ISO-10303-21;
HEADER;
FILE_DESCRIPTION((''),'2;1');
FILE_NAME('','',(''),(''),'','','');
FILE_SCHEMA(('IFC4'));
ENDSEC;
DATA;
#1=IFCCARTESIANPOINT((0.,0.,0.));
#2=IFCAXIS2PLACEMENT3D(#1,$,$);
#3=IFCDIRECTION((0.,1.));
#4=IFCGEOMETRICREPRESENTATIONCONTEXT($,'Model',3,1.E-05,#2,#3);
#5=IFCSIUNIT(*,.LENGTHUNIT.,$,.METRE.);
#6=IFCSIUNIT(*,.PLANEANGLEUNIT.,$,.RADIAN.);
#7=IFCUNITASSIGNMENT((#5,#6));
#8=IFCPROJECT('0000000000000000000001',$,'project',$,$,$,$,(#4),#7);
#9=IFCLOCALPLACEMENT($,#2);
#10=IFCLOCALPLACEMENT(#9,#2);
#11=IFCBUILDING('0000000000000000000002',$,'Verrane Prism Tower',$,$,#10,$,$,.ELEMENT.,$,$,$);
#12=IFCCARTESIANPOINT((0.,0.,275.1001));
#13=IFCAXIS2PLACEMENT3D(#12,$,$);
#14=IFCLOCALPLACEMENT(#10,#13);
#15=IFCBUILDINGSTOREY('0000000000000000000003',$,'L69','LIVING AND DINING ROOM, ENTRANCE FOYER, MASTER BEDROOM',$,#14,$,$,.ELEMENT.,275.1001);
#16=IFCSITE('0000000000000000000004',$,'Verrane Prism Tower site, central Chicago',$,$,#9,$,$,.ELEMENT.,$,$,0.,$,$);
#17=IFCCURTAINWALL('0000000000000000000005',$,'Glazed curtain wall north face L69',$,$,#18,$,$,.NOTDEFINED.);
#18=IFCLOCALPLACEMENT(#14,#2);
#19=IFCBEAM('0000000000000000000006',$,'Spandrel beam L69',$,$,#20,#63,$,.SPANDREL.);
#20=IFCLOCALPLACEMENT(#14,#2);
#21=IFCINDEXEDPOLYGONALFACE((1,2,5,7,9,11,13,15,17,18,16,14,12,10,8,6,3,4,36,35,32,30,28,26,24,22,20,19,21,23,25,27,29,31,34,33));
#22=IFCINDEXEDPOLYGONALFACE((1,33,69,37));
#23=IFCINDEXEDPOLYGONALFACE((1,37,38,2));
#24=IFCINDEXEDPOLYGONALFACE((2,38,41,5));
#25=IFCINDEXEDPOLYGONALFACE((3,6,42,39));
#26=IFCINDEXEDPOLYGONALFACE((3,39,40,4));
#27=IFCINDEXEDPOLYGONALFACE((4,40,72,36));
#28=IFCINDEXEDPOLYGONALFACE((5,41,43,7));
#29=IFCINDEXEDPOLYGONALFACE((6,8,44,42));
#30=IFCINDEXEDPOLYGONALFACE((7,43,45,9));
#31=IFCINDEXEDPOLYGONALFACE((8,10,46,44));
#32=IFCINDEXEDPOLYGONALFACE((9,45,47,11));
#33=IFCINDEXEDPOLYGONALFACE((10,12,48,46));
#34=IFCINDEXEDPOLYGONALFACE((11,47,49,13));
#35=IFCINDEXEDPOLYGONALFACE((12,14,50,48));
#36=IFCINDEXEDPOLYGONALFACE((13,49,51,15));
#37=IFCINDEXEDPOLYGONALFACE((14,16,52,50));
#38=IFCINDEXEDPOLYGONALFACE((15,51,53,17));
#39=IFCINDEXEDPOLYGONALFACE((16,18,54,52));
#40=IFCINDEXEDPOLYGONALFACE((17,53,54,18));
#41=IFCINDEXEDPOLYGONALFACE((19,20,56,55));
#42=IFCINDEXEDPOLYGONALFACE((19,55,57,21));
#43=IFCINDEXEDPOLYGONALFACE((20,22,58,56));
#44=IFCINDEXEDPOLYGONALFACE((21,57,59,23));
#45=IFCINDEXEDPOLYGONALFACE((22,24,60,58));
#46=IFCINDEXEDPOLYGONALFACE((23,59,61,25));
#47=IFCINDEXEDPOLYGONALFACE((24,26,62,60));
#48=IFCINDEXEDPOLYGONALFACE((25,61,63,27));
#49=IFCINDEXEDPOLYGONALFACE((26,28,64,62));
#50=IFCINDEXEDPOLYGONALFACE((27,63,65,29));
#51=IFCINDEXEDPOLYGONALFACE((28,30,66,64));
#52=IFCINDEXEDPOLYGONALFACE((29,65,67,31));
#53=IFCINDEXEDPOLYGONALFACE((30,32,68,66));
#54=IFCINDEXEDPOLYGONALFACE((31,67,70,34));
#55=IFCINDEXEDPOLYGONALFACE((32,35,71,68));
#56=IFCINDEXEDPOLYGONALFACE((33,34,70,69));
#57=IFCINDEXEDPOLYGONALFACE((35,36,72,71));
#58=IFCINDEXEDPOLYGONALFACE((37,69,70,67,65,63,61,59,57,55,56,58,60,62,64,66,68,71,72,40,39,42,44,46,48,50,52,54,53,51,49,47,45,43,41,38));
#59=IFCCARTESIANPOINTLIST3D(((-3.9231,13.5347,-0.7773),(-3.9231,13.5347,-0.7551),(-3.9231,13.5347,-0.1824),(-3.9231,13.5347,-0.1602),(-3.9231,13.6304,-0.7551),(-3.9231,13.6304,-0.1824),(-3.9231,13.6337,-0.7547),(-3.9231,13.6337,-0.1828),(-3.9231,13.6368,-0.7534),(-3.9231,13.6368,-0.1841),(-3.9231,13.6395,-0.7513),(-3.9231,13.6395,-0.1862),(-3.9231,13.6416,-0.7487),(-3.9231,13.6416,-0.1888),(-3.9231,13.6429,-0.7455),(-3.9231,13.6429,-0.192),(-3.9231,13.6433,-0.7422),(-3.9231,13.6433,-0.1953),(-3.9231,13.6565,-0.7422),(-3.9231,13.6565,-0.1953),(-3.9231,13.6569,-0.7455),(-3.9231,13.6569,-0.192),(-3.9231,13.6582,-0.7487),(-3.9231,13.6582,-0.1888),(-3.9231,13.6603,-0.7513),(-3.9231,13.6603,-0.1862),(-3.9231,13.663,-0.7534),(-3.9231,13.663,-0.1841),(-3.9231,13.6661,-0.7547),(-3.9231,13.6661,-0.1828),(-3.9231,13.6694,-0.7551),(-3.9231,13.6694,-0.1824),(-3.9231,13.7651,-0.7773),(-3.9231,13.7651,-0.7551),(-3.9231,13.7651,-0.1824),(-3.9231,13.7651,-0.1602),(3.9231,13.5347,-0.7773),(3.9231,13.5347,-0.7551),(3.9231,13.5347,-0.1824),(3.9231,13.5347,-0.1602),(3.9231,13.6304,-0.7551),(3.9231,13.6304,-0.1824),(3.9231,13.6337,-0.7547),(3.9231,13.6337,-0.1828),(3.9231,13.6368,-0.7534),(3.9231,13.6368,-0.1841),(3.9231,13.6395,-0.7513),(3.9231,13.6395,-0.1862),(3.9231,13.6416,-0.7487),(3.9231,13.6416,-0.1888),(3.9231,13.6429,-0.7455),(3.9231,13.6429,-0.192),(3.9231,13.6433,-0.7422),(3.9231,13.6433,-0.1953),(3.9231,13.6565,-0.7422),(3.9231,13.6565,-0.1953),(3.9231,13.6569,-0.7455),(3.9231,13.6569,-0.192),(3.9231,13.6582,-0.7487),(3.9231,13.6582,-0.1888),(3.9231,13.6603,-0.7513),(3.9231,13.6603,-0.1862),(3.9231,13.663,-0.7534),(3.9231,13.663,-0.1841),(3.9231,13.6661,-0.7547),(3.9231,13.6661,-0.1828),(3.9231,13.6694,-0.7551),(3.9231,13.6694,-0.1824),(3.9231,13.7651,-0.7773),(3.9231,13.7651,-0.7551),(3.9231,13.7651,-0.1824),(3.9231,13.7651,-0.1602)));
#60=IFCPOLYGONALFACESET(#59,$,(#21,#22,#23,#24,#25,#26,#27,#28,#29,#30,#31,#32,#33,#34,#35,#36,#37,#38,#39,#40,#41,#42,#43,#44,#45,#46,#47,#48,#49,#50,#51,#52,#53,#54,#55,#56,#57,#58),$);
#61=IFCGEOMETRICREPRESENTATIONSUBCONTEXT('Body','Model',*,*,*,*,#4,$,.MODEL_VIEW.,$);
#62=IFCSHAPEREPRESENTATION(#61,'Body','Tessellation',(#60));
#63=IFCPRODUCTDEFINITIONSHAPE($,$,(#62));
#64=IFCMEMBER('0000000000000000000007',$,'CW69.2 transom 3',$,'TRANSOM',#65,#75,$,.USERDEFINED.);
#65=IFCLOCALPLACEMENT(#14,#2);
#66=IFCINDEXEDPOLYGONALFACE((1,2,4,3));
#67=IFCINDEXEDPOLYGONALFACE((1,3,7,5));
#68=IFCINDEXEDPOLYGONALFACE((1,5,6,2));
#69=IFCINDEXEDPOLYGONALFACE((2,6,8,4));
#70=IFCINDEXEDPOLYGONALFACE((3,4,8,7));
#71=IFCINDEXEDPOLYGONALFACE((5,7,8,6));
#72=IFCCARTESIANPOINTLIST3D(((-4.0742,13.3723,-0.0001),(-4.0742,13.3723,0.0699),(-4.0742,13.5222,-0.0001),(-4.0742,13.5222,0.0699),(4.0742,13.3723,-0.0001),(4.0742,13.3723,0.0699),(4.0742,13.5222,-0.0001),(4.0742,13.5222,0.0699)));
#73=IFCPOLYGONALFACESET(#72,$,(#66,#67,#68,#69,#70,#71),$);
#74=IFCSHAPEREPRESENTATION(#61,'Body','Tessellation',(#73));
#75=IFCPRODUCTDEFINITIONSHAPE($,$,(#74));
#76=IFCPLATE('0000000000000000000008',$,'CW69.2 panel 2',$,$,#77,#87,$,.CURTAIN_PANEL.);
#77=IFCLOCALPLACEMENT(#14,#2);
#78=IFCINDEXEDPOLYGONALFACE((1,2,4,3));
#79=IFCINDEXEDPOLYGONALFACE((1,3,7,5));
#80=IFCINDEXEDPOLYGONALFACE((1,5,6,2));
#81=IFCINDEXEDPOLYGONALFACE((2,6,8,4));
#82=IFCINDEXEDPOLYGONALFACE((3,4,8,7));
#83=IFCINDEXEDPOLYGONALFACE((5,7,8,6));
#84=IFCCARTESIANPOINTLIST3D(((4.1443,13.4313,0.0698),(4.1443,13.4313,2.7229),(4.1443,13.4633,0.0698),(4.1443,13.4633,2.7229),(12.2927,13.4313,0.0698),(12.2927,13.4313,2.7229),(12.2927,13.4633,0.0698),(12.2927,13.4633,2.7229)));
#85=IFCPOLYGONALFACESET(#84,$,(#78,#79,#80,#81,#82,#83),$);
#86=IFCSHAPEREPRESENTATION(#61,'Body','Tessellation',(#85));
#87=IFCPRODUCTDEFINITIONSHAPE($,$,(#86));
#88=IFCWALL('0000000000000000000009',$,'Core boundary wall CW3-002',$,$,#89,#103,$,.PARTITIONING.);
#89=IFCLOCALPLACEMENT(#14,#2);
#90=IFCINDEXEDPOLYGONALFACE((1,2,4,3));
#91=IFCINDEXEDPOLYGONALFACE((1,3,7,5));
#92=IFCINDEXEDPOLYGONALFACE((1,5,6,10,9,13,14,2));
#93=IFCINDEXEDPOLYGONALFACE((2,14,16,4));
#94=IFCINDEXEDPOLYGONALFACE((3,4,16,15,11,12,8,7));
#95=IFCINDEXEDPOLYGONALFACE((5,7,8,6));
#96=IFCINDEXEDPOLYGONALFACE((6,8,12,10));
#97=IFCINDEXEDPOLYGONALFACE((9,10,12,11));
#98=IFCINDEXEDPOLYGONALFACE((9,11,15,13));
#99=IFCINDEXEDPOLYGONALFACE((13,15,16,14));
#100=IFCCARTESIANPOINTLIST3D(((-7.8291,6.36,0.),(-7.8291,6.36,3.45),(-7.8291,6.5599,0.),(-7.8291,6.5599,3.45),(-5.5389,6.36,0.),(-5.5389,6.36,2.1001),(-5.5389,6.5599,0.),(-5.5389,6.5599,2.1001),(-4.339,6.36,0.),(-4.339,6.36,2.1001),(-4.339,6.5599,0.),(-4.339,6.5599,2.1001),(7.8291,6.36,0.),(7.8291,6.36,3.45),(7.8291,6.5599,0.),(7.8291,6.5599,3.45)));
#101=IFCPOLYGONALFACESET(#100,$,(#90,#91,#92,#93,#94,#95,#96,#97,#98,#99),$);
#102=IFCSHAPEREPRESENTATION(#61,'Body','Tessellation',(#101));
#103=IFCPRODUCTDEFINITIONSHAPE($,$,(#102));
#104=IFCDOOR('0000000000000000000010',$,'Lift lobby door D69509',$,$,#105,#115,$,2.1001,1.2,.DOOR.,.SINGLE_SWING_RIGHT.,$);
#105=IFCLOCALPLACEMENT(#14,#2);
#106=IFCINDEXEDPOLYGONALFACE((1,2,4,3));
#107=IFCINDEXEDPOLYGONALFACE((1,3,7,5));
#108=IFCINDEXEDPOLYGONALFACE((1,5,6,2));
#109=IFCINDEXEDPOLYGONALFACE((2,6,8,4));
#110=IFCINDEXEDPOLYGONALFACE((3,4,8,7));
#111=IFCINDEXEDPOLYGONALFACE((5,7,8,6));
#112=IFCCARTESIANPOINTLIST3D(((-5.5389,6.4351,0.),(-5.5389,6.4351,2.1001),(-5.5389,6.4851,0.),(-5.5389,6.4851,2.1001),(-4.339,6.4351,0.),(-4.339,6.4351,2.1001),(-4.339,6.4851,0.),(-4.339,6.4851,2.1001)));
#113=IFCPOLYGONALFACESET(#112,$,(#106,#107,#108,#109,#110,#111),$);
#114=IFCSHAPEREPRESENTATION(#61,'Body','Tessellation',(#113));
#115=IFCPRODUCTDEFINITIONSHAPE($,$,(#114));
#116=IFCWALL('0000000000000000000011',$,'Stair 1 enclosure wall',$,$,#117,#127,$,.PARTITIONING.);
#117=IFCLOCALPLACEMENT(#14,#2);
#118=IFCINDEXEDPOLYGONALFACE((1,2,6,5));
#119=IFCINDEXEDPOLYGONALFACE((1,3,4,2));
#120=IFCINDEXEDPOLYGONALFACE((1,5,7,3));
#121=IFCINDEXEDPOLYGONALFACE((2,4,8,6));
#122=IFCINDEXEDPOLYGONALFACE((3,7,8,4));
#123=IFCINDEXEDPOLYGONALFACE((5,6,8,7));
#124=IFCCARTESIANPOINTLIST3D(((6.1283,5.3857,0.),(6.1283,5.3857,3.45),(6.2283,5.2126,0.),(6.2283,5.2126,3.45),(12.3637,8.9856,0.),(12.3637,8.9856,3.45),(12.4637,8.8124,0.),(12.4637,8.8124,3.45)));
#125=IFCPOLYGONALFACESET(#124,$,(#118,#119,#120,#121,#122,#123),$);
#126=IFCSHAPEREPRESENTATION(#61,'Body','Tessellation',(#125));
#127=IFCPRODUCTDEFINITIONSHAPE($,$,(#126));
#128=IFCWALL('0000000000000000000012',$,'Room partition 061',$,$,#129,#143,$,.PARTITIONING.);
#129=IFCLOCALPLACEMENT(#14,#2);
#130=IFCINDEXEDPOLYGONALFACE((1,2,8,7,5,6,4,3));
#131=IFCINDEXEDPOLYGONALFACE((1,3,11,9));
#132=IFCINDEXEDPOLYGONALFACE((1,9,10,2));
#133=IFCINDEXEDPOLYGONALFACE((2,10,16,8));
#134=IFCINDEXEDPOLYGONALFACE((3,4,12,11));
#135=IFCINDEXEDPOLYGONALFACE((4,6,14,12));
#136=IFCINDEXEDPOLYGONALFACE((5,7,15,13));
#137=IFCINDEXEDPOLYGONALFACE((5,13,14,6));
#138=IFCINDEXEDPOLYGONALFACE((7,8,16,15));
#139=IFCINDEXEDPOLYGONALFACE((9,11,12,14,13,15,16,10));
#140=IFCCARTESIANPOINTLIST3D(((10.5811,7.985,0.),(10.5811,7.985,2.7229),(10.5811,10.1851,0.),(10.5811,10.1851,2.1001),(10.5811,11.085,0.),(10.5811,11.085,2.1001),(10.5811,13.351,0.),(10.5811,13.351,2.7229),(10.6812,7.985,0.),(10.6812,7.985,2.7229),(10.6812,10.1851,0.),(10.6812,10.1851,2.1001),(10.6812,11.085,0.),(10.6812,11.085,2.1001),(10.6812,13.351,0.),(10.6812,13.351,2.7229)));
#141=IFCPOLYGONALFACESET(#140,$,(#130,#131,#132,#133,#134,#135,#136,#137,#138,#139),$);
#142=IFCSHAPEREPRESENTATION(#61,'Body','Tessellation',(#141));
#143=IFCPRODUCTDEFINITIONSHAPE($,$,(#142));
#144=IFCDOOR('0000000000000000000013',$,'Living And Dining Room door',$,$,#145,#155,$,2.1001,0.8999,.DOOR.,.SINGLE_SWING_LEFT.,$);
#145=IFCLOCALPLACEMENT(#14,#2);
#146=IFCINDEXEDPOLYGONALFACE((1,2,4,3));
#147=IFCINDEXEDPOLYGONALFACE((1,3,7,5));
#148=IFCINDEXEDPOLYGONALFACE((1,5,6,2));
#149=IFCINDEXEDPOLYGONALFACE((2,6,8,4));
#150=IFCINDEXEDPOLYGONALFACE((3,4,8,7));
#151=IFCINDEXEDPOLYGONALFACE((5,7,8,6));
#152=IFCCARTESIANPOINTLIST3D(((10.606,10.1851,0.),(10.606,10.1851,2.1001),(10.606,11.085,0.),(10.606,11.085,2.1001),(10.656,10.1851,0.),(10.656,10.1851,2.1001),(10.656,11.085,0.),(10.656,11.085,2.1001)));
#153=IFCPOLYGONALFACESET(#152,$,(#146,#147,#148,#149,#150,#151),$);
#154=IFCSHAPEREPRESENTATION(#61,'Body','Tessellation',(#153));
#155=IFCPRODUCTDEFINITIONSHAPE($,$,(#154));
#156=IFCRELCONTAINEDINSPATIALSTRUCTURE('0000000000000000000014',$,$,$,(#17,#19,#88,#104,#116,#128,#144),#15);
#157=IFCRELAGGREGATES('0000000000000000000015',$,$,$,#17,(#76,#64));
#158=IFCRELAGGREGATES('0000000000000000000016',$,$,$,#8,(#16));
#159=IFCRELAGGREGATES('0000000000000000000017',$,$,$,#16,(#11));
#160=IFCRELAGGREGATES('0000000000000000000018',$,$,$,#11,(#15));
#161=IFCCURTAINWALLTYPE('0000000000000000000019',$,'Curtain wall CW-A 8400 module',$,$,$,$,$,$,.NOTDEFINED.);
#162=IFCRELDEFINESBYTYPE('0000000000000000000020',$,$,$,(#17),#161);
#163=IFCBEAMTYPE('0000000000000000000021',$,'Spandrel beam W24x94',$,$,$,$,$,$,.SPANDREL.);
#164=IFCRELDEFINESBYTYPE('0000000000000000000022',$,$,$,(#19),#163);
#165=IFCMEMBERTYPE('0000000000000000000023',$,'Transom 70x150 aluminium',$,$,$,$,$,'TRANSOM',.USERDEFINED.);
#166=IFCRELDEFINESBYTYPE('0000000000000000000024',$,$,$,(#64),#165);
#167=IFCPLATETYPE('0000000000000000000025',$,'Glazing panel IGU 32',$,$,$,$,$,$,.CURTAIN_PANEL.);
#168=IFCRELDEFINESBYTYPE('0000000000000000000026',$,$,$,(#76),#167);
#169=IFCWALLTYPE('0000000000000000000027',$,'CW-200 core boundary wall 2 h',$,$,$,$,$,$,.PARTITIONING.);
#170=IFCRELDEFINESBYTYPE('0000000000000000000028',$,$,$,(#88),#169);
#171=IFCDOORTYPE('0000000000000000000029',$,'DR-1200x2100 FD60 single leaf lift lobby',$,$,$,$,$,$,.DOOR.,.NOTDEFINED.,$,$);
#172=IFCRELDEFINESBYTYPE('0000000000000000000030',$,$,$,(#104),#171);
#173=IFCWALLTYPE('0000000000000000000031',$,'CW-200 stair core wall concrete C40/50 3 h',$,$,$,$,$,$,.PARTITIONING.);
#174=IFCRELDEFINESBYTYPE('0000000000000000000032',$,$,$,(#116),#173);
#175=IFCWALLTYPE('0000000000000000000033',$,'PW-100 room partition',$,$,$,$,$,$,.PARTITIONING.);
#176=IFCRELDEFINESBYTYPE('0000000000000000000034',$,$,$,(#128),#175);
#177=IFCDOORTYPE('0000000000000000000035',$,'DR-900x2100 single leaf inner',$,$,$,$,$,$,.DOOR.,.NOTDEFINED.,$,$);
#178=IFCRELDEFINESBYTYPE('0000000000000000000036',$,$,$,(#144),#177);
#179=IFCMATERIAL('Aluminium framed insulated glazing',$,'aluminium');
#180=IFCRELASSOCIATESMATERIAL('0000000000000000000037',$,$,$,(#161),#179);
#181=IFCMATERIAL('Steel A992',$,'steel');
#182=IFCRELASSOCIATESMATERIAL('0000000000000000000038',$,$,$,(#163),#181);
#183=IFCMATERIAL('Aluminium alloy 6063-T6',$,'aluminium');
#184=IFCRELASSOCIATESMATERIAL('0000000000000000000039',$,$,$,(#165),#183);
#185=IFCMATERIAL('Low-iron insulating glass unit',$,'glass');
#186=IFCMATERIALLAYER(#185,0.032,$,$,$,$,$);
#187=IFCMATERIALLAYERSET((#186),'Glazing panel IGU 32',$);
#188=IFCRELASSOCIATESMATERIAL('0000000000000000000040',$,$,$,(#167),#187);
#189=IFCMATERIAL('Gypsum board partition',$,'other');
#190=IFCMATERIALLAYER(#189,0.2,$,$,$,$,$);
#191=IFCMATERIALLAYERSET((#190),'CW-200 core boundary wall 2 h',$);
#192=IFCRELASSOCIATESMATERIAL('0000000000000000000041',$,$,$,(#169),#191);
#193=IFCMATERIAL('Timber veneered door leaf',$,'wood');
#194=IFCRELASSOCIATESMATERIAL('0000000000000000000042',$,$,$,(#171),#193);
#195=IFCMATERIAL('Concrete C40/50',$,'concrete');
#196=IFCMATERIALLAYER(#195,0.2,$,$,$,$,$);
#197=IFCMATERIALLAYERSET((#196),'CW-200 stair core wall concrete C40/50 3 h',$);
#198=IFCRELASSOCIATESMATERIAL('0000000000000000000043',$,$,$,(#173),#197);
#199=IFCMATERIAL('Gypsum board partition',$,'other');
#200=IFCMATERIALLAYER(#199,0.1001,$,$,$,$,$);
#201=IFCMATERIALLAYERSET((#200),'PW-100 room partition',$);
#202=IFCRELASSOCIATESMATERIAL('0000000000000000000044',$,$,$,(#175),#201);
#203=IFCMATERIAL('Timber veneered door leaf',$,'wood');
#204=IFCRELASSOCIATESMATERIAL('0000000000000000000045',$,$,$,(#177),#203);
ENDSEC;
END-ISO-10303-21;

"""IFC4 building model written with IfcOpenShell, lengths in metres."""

from ifc_helpers import new_model, si_unit, direction, frame, frame_2d, origin, origin_2d, place, context, subcontext, project, spatial, rectangle, i_section, extrude, material, layer, layer_set, material_profile, profile_set, type_object, element, fill, aggregate, save


model = new_model("IFC4")

# Units and contexts
model_context = context("Model", 3, precision=1e-05, world=origin(), true_north=direction((0.0, 1.0)))
body_context = subcontext(model_context, "Body", "Model", "MODEL_VIEW")
ifc_project = project(units=[si_unit("LENGTHUNIT", "METRE"), si_unit("PLANEANGLEUNIT", "RADIAN")], contexts=[model_context])

# Site, building, storey
site_placement = place(None, origin())
site = spatial("IfcSite", under=ifc_project, at=site_placement, Name="Verrane Prism Tower site, central Chicago", CompositionType="ELEMENT", RefElevation=0.0)
building_placement = place(site_placement, origin())
building = spatial("IfcBuilding", under=site, at=building_placement, Name="Verrane Prism Tower", CompositionType="ELEMENT")
storey_placement = place(building_placement, frame((0.0, 0.0, 275.1001)))
storey = spatial("IfcBuildingStorey", under=building, at=storey_placement, Name="L69", Description="LIVING AND DINING ROOM, ENTRANCE FOYER, MASTER BEDROOM", CompositionType="ELEMENT", Elevation=275.1001)

# Curtain wall
ifc_material_1 = material(Name="Aluminium framed insulated glazing", Category="aluminium")
curtain_wall_type = type_object("IfcCurtainWallType", Name="Curtain wall CW-A 8400 module", PredefinedType="NOTDEFINED", material=ifc_material_1)
curtain_wall_placement = place(storey_placement, origin())
curtain_wall = element("IfcCurtainWall", 1, at=curtain_wall_placement, inside=storey, type_object=curtain_wall_type, Name="Glazed curtain wall north face L69", PredefinedType="NOTDEFINED")

# Beam
ifc_material_2 = material(Name="Steel A992", Category="steel")
ifc_material_profile_1 = material_profile(ifc_material_2, i_section(OverallWidth=0.2305, OverallDepth=0.6172, WebThickness=0.0132, FlangeThickness=0.0222, FilletRadius=0.0129, at=origin_2d()), Name="W24x94")
ifc_profile_set_1 = profile_set([ifc_material_profile_1], Name="Steel A992")
beam_type_1 = type_object("IfcBeamType", Name="Spandrel beam W24x94", PredefinedType="SPANDREL", material=ifc_profile_set_1)
beam_1_placement = place(storey_placement, frame((3.9231, 13.6499, -0.4688), z_axis=(-1.0, 0.0, 0.0), x_axis=(0.0, -1.0, 0.0)))
element("IfcBeam", 2, at=beam_1_placement, inside=storey, type_object=beam_type_1, Name="Spandrel beam L69", PredefinedType="SPANDREL", context=body_context, shape_type="SweptSolid", body=[
    extrude(i_section(OverallWidth=0.2305, OverallDepth=0.6172, WebThickness=0.0132, FlangeThickness=0.0222, FilletRadius=0.0129, at=origin_2d()), origin(), (0.0, 0.0, 1.0), 7.8462),
])

# Member
ifc_material_3 = material(Name="Aluminium alloy 6063-T6", Category="aluminium")
ifc_material_profile_2 = material_profile(ifc_material_3, rectangle(XDim=0.1499, YDim=0.0701, at=origin_2d()), Name="Transom 70x150 aluminium")
ifc_profile_set_2 = profile_set([ifc_material_profile_2], Name="Aluminium alloy 6063-T6")
member_type_1 = type_object("IfcMemberType", Name="Transom 70x150 aluminium", ElementType="TRANSOM", PredefinedType="USERDEFINED", material=ifc_profile_set_2)
member_1_placement = place(storey_placement, frame((4.0742, 13.4473, 0.0349), z_axis=(-1.0, 0.0, 0.0), x_axis=(0.0, -1.0, 0.0)))
member_1 = element("IfcMember", 3, at=member_1_placement, type_object=member_type_1, Name="CW69.2 transom 3", ObjectType="TRANSOM", PredefinedType="USERDEFINED", context=body_context, shape_type="SweptSolid", body=[
    extrude(rectangle(XDim=0.1499, YDim=0.0701, at=origin_2d()), origin(), (0.0, 0.0, 1.0), 8.1484),
])

# Plate
ifc_material_4 = material(Name="Low-iron insulating glass unit", Category="glass")
ifc_layer_1 = layer(ifc_material_4, 0.032)
ifc_layer_set_1 = layer_set([ifc_layer_1], Name="Glazing panel IGU 32")
plate_type = type_object("IfcPlateType", Name="Glazing panel IGU 32", PredefinedType="CURTAIN_PANEL", material=ifc_layer_set_1)
plate_placement = place(storey_placement, frame((8.2185, 13.4473, 0.0698), z_axis=(0.0, 0.0, 1.0), x_axis=(-1.0, 0.0, 0.0)))
plate = element("IfcPlate", 4, at=plate_placement, type_object=plate_type, Name="CW69.2 panel 2", PredefinedType="CURTAIN_PANEL", context=body_context, shape_type="SweptSolid", body=[
    extrude(rectangle(XDim=8.1484, YDim=0.032, at=origin_2d()), origin(), (0.0, 0.0, 1.0), 2.6531),
])
aggregate(curtain_wall, [plate, member_1])

# Wall, opening, door
ifc_material_5 = material(Name="Gypsum board partition", Category="other")
ifc_layer_2 = layer(ifc_material_5, 0.2)
ifc_layer_set_2 = layer_set([ifc_layer_2], Name="CW-200 core boundary wall 2 h")
wall_type_1 = type_object("IfcWallType", Name="CW-200 core boundary wall 2 h", PredefinedType="PARTITIONING", material=ifc_layer_set_2)
wall_1_placement = place(storey_placement, frame((7.8291, 6.46, 0.0), z_axis=(0.0, 0.0, 1.0), x_axis=(-1.0, 0.0, 0.0)))
wall_1 = element("IfcWall", 5, at=wall_1_placement, inside=storey, type_object=wall_type_1, Name="Core boundary wall CW3-002", PredefinedType="PARTITIONING", context=body_context, shape_type="SweptSolid", body=[
    extrude(rectangle(XDim=15.6582, YDim=0.2, at=frame_2d((7.8291, 0.0))), origin(), (0.0, 0.0, 1.0), 3.45),
])
opening_1_placement = place(wall_1_placement, frame((12.168, 0.0, 0.0)))
opening_1 = element("IfcOpeningElement", 6, at=opening_1_placement, cuts=wall_1, PredefinedType="OPENING", context=body_context, shape_type="SweptSolid", body=[
    extrude(rectangle(XDim=1.2, YDim=2.1001, at=frame_2d((0.6001, 1.05))), frame((0.0, 0.1099, 0.0), z_axis=(0.0, -1.0, 0.0), x_axis=(1.0, 0.0, 0.0)), (0.0, 0.0, 1.0), 0.22),
])
ifc_material_6 = material(Name="Timber veneered door leaf", Category="wood")
door_type_1 = type_object("IfcDoorType", Name="DR-1200x2100 FD60 single leaf lift lobby", OperationType="NOTDEFINED", PredefinedType="DOOR", material=ifc_material_6)
door_1_placement = place(opening_1_placement, origin())
door_1 = element("IfcDoor", 7, at=door_1_placement, inside=storey, type_object=door_type_1, Name="Lift lobby door D69509", OperationType="SINGLE_SWING_RIGHT", OverallHeight=2.1001, OverallWidth=1.2, PredefinedType="DOOR", context=body_context, shape_type="SweptSolid", body=[
    extrude(rectangle(XDim=1.2, YDim=2.1001, at=frame_2d((0.6001, 1.05))), frame((0.0, 0.0249, 0.0), z_axis=(0.0, -1.0, 0.0), x_axis=(1.0, 0.0, 0.0)), (0.0, 0.0, 1.0), 0.05),
])
fill(opening_1, door_1)

# Wall
ifc_material_7 = material(Name="Concrete C40/50", Category="concrete")
ifc_layer_3 = layer(ifc_material_7, 0.2)
ifc_layer_set_3 = layer_set([ifc_layer_3], Name="CW-200 stair core wall concrete C40/50 3 h")
wall_type_2 = type_object("IfcWallType", Name="CW-200 stair core wall concrete C40/50 3 h", PredefinedType="PARTITIONING", material=ifc_layer_set_3)
wall_2_placement = place(storey_placement, frame((6.1782, 5.2991, 0.0), z_axis=(0.0, 0.0, 1.0), x_axis=(0.866033, 0.499987, 0.0)))
element("IfcWall", 8, at=wall_2_placement, inside=storey, type_object=wall_type_2, Name="Stair 1 enclosure wall", PredefinedType="PARTITIONING", context=body_context, shape_type="SweptSolid", body=[
    extrude(rectangle(XDim=7.2, YDim=0.2, at=frame_2d((3.6001, 0.0))), origin(), (0.0, 0.0, 1.0), 3.45),
])

# Wall, opening, door
ifc_material_8 = material(Name="Gypsum board partition", Category="other")
ifc_layer_4 = layer(ifc_material_8, 0.1001)
ifc_layer_set_4 = layer_set([ifc_layer_4], Name="PW-100 room partition")
wall_type_3 = type_object("IfcWallType", Name="PW-100 room partition", PredefinedType="PARTITIONING", material=ifc_layer_set_4)
wall_3_placement = place(storey_placement, frame((10.6311, 13.3511, 0.0), z_axis=(0.0, 0.0, 1.0), x_axis=(0.0, -1.0, 0.0)))
wall_3 = element("IfcWall", 9, at=wall_3_placement, inside=storey, type_object=wall_type_3, Name="Room partition 061", PredefinedType="PARTITIONING", context=body_context, shape_type="SweptSolid", body=[
    extrude(rectangle(XDim=5.366, YDim=0.1001, at=frame_2d((2.6831, 0.0))), origin(), (0.0, 0.0, 1.0), 2.7229),
])
opening_2_placement = place(wall_3_placement, frame((2.2661, 0.0, 0.0)))
opening_2 = element("IfcOpeningElement", 10, at=opening_2_placement, cuts=wall_3, PredefinedType="OPENING", context=body_context, shape_type="SweptSolid", body=[
    extrude(rectangle(XDim=0.8999, YDim=2.1001, at=frame_2d((0.45, 1.05))), frame((0.0, 0.0601, 0.0), z_axis=(0.0, -1.0, 0.0), x_axis=(1.0, 0.0, 0.0)), (0.0, 0.0, 1.0), 0.1201),
])
ifc_material_9 = material(Name="Timber veneered door leaf", Category="wood")
door_type_2 = type_object("IfcDoorType", Name="DR-900x2100 single leaf inner", OperationType="NOTDEFINED", PredefinedType="DOOR", material=ifc_material_9)
door_2_placement = place(opening_2_placement, origin())
door_2 = element("IfcDoor", 11, at=door_2_placement, inside=storey, type_object=door_type_2, Name="Living And Dining Room door", OperationType="SINGLE_SWING_LEFT", OverallHeight=2.1001, OverallWidth=0.8999, PredefinedType="DOOR", context=body_context, shape_type="SweptSolid", body=[
    extrude(rectangle(XDim=0.8999, YDim=2.1001, at=frame_2d((0.45, 1.05))), frame((0.0, 0.0249, 0.0), z_axis=(0.0, -1.0, 0.0), x_axis=(1.0, 0.0, 0.0)), (0.0, 0.0, 1.0), 0.05),
])
fill(opening_2, door_2)

save(model, "model.ifc")
